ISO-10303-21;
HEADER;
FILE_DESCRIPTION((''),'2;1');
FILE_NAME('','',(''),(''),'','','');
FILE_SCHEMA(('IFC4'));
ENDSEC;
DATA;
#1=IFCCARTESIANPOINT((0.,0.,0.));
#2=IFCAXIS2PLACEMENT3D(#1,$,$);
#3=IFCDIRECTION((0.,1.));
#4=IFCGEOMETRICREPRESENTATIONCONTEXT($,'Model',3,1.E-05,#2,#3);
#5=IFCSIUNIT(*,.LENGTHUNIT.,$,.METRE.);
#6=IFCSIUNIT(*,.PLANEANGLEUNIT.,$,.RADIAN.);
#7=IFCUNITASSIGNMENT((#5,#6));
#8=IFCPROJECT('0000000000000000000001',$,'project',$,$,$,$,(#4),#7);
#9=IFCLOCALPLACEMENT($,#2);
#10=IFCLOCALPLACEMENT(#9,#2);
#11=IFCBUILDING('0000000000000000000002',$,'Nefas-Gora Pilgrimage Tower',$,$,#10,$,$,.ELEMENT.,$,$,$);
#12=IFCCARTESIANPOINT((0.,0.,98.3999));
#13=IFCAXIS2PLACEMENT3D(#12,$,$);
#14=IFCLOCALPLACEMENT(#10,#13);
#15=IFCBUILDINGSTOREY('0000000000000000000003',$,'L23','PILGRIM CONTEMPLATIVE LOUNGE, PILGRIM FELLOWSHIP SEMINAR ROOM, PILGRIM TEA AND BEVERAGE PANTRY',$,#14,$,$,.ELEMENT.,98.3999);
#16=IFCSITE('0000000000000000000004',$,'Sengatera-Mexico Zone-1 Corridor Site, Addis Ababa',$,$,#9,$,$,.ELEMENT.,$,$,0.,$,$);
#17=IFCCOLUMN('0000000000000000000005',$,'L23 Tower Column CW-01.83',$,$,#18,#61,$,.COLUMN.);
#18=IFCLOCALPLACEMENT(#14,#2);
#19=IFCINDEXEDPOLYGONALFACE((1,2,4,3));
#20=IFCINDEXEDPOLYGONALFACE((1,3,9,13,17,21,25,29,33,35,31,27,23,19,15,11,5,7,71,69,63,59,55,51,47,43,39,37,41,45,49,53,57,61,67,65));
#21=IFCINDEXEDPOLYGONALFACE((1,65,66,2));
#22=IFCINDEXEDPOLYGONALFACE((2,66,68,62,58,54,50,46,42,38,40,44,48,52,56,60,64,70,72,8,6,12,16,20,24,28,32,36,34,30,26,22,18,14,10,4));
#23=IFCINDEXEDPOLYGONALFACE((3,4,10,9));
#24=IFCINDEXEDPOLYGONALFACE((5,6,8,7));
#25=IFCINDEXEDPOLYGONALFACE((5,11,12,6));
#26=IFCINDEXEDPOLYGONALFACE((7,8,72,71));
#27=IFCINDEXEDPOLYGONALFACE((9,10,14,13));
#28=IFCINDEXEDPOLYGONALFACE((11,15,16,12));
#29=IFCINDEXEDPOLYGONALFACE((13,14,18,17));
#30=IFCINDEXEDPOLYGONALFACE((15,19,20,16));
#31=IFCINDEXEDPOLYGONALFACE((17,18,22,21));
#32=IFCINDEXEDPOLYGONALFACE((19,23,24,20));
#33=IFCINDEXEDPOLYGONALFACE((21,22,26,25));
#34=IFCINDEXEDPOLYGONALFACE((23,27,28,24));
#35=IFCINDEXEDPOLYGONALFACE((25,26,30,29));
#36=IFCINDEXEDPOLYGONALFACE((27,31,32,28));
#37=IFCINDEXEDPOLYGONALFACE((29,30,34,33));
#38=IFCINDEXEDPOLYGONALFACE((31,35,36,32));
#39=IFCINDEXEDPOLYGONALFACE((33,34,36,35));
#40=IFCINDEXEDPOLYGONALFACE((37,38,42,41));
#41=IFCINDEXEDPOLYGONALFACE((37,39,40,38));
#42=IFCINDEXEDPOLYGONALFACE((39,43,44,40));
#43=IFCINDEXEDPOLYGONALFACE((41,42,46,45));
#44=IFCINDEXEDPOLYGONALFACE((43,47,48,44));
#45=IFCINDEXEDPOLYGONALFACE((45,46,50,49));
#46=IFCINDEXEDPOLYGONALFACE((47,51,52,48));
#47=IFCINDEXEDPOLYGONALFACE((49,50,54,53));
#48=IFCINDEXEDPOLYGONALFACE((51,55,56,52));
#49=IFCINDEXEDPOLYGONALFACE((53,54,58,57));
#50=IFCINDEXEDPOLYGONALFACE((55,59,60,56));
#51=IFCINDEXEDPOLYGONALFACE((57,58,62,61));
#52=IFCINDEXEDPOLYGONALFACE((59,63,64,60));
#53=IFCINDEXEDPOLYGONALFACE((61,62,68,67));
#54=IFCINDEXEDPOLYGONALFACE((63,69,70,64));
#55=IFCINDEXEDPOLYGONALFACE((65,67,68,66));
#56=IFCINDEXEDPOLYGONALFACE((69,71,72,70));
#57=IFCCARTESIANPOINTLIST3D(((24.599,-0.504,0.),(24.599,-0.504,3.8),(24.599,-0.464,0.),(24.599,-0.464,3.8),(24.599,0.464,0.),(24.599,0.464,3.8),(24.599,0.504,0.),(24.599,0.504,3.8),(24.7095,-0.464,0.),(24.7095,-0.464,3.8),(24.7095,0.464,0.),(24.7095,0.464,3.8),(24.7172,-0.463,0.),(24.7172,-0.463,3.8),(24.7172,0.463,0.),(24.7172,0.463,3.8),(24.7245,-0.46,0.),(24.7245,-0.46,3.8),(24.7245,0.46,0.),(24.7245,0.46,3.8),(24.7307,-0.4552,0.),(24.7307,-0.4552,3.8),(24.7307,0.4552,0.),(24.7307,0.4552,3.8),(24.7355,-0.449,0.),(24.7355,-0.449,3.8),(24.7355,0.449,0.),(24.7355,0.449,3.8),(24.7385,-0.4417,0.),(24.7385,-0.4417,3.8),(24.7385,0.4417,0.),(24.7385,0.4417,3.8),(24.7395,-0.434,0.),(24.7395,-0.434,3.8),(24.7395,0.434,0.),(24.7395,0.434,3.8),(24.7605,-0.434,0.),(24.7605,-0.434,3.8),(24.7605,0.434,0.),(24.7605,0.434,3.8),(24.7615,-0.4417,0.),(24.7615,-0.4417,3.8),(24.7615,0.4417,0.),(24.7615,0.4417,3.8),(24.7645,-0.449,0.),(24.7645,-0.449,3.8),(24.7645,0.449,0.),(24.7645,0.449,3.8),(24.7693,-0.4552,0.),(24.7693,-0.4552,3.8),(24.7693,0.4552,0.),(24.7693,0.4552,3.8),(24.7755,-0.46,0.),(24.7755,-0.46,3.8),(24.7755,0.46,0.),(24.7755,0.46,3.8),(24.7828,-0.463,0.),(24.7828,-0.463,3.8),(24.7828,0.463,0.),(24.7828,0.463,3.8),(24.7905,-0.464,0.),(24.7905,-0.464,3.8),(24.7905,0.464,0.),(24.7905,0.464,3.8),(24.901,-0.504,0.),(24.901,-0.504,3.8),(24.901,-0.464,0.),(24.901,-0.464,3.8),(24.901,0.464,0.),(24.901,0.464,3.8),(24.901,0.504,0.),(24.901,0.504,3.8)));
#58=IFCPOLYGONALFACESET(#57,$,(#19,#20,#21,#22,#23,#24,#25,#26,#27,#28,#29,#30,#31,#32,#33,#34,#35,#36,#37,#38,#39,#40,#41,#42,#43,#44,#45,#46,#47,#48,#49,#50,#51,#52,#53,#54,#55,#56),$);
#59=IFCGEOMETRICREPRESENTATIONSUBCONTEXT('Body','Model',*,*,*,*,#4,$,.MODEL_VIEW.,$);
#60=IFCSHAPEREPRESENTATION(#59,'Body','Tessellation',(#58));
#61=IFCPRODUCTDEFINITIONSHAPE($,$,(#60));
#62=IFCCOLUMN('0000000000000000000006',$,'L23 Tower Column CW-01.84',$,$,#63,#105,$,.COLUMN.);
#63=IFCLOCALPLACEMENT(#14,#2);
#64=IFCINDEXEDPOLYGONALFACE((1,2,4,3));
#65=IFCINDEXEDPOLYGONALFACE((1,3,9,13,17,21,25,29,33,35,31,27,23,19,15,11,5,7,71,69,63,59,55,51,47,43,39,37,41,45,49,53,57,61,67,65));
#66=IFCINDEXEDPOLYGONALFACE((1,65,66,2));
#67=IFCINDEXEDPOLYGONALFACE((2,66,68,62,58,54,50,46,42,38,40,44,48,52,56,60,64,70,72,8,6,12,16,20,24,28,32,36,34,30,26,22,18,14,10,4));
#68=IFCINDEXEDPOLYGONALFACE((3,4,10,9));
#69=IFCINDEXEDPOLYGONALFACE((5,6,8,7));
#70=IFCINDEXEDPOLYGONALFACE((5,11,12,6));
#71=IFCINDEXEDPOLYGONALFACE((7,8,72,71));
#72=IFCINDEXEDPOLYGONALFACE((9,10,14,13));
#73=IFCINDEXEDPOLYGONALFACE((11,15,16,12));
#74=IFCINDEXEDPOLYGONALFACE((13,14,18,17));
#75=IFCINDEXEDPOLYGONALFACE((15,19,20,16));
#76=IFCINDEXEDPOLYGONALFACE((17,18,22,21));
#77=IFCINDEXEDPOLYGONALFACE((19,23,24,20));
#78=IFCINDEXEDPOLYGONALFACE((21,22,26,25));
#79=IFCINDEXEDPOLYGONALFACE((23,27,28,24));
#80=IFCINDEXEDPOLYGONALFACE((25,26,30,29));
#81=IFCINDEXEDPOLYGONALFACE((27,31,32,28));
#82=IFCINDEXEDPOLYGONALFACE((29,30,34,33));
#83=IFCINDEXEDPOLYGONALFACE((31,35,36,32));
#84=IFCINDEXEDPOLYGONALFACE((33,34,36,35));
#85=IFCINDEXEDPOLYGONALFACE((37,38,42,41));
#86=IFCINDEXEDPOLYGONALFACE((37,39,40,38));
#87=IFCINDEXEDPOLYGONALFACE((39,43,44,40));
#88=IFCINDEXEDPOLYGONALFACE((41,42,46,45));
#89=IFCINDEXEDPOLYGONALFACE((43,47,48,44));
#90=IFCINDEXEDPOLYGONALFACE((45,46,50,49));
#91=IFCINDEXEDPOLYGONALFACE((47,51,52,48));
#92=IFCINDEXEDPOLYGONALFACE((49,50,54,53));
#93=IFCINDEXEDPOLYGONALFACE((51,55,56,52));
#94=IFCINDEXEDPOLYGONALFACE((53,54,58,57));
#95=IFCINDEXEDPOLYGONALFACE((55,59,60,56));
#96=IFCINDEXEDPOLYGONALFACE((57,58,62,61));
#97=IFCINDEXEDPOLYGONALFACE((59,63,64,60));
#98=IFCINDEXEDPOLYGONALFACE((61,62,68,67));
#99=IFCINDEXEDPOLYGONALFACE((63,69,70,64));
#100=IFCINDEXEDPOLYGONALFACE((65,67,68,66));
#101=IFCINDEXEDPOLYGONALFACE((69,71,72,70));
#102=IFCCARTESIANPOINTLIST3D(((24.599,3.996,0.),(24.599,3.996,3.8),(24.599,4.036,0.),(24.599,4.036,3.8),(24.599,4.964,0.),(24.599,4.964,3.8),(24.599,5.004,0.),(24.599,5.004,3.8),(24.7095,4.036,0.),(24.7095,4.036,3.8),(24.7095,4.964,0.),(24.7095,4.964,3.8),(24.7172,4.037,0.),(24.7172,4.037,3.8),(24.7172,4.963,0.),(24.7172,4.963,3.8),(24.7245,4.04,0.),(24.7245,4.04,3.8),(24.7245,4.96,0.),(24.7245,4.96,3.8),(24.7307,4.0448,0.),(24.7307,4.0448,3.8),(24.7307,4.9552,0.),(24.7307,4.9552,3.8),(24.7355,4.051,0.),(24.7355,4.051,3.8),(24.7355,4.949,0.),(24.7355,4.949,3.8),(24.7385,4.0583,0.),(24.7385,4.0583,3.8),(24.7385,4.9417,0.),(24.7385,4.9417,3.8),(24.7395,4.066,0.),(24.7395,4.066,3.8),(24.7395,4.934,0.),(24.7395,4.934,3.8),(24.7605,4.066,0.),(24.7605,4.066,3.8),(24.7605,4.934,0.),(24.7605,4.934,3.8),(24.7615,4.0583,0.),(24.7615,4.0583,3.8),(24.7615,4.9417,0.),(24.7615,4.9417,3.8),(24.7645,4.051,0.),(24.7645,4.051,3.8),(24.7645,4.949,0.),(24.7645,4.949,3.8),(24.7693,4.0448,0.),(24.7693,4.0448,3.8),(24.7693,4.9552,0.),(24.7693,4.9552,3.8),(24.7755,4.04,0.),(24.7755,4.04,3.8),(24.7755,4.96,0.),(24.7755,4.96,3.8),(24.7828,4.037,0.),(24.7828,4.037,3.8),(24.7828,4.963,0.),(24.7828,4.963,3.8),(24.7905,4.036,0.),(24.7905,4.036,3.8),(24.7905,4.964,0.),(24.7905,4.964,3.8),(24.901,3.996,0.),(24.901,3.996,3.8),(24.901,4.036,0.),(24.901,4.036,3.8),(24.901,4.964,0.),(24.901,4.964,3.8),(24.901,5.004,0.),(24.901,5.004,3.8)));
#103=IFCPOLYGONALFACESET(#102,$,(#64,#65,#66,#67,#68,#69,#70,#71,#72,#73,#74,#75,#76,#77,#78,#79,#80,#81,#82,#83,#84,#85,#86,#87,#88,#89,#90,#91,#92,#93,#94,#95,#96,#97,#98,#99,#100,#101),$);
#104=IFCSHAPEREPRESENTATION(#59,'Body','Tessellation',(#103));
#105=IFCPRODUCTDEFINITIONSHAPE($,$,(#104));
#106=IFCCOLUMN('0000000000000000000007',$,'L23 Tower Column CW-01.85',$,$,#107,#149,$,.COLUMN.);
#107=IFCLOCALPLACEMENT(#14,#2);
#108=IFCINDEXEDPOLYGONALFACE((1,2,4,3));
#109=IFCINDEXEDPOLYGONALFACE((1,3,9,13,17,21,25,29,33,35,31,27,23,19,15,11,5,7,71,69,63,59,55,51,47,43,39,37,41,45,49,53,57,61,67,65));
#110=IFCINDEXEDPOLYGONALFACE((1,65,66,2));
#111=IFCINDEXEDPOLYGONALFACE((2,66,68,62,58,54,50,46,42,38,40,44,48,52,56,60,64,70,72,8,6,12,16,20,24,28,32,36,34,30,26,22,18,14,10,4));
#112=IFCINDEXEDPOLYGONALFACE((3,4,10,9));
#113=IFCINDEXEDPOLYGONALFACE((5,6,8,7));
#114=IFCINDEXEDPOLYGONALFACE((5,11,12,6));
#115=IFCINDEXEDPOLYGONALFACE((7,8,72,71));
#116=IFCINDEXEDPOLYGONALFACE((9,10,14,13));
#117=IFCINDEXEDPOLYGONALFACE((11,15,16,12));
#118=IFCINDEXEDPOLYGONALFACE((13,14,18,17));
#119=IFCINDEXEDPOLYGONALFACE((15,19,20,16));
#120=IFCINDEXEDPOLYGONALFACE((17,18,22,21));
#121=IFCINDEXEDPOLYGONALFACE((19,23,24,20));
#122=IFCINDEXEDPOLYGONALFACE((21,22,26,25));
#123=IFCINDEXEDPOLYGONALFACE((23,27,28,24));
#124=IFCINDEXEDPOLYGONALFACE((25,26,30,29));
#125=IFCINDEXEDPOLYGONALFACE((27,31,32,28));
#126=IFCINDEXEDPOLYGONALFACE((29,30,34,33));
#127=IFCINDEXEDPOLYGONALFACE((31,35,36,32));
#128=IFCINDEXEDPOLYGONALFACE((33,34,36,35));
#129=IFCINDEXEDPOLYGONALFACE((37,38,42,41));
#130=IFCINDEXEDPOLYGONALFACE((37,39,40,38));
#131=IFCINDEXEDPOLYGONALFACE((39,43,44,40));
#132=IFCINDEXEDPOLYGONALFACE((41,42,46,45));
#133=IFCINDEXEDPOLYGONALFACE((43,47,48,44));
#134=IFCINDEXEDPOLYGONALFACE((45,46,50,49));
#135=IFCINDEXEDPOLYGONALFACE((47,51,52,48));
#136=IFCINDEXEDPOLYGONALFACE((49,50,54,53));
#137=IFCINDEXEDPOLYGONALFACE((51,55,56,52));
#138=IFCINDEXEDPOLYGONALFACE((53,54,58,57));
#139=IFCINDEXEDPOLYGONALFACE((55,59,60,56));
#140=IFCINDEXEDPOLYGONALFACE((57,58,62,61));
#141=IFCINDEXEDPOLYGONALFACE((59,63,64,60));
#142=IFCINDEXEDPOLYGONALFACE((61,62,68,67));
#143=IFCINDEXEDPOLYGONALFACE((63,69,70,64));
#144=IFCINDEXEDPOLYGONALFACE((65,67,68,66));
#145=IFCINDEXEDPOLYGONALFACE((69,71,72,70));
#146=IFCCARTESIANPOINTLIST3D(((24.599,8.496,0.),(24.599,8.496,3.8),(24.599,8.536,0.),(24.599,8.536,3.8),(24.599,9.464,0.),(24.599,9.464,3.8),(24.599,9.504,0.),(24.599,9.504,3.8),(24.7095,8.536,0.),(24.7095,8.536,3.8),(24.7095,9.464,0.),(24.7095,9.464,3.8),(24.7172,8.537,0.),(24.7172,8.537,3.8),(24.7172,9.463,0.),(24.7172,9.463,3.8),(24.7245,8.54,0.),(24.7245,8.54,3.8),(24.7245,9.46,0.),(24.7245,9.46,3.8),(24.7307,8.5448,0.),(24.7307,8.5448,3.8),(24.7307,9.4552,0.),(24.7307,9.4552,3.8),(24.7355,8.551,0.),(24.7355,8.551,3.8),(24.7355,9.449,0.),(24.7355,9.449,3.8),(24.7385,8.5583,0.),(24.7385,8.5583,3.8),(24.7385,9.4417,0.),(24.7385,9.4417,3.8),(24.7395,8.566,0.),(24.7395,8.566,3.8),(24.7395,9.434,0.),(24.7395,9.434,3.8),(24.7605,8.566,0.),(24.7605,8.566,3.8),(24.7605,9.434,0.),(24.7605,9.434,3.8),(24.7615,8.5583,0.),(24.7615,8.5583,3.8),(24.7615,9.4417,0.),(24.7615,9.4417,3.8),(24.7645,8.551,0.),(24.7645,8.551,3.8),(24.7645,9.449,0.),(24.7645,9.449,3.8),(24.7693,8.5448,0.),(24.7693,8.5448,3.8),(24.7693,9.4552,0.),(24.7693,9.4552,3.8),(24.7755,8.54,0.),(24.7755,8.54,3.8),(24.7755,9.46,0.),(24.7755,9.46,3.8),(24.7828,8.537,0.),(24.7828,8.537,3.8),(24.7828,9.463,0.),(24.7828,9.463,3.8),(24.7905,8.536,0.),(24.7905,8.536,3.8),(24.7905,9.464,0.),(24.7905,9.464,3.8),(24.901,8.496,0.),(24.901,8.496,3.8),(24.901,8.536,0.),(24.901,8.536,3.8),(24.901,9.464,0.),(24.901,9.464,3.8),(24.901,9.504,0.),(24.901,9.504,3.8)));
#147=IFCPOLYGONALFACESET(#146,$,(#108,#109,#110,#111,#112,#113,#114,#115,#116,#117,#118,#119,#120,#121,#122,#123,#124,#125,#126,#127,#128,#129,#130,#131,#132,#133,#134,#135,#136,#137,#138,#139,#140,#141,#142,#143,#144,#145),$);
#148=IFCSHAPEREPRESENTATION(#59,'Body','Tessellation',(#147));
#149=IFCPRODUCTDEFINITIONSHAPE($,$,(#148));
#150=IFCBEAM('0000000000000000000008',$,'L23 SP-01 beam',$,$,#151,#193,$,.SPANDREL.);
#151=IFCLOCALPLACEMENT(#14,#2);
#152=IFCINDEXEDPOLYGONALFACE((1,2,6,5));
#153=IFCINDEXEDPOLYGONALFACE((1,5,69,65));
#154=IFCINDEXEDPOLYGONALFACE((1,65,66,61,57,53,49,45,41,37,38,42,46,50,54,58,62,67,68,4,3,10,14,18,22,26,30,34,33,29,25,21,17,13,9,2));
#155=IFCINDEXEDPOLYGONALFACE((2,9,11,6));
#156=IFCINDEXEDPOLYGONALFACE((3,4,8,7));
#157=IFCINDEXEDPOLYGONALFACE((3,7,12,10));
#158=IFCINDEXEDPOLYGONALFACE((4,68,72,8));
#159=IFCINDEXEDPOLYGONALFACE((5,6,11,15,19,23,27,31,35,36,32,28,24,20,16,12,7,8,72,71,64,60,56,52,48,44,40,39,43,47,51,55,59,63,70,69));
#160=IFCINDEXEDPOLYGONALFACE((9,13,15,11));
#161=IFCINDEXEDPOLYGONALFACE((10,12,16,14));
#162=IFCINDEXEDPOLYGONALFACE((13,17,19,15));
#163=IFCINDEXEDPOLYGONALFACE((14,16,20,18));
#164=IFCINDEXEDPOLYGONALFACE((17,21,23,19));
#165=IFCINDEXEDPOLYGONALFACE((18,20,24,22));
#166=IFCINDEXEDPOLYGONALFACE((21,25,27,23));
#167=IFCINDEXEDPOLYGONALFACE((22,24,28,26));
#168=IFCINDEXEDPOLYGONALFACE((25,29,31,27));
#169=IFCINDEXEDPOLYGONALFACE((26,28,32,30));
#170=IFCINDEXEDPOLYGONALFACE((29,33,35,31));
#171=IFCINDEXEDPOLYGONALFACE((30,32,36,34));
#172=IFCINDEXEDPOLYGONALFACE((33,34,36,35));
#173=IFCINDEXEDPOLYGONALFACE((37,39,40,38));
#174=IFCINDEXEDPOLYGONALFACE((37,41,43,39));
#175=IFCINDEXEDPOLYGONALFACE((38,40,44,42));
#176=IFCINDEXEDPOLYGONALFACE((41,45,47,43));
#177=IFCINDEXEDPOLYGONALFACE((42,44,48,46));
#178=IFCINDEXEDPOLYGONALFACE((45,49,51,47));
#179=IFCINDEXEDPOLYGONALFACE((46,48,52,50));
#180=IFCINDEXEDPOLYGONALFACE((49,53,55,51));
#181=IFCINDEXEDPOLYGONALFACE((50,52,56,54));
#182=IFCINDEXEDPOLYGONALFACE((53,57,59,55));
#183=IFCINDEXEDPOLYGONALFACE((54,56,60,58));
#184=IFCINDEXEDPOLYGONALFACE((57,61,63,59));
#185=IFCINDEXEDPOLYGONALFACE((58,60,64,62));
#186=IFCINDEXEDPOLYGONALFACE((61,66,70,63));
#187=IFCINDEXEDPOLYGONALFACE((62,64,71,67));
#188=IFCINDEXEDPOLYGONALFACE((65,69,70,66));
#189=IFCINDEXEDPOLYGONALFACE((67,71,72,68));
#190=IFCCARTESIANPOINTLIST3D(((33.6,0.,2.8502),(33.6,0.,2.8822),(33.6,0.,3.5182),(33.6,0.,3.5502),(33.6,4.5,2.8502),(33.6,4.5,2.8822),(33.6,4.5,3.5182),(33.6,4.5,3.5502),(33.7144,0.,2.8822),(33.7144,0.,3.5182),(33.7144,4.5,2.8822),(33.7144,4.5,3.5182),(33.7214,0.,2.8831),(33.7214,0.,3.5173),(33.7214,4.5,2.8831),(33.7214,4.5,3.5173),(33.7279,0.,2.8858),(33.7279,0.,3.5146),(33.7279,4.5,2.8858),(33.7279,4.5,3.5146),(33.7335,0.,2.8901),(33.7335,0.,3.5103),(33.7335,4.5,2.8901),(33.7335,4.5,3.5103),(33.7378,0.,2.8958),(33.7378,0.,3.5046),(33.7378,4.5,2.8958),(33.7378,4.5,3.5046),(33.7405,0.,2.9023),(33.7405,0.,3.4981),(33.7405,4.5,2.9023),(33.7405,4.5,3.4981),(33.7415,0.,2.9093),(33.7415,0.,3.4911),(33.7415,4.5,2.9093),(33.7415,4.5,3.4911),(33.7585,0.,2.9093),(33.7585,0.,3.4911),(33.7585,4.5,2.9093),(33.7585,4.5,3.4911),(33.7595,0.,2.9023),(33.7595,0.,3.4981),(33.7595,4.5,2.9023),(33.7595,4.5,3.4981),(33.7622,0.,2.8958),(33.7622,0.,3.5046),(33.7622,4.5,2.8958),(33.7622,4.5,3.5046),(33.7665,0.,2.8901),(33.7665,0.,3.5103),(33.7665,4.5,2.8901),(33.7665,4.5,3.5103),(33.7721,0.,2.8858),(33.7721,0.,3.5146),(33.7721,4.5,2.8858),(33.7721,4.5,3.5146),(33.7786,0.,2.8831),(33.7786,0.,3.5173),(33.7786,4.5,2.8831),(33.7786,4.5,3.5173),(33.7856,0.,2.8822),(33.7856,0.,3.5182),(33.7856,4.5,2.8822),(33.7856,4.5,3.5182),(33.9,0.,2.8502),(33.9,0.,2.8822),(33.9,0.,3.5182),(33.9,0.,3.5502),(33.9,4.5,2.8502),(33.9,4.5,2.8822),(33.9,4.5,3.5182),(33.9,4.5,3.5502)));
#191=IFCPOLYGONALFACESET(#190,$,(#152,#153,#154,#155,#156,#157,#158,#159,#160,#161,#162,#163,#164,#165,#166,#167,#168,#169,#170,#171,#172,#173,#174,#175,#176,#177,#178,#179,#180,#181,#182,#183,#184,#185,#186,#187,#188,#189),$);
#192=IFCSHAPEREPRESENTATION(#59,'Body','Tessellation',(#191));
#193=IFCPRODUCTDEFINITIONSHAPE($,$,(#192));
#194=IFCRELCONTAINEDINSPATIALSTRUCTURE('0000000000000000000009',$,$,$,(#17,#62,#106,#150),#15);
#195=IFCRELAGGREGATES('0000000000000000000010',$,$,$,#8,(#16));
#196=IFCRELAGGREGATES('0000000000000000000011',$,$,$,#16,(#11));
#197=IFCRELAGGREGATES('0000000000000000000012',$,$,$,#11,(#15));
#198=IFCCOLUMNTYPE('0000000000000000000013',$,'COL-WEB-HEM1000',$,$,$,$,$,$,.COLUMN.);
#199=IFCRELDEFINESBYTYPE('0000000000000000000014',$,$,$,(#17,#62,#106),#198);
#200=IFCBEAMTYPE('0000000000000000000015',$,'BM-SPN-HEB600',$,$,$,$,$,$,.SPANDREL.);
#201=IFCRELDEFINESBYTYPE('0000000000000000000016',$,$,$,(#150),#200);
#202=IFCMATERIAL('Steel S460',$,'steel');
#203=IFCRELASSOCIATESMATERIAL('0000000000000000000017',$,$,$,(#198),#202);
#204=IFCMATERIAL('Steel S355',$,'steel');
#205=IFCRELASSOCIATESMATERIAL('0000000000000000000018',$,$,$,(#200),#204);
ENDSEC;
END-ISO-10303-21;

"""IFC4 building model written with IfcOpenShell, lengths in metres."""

from ifc_helpers import new_model, si_unit, direction, frame, origin, origin_2d, place, context, subcontext, project, spatial, i_section, extrude, source, transform, mapped, material, material_profile, profile_set, type_object, element, save


model = new_model("IFC4")

# Units and contexts
model_context = context("Model", 3, precision=1e-05, world=origin(), true_north=direction((0.0, 1.0)))
body_context = subcontext(model_context, "Body", "Model", "MODEL_VIEW")
ifc_project = project(units=[si_unit("LENGTHUNIT", "METRE"), si_unit("PLANEANGLEUNIT", "RADIAN")], contexts=[model_context])

# Site, building, storey
site_placement = place(None, origin())
site = spatial("IfcSite", under=ifc_project, at=site_placement, Name="Sengatera-Mexico Zone-1 Corridor Site, Addis Ababa", CompositionType="ELEMENT", RefElevation=0.0)
building_placement = place(site_placement, origin())
building = spatial("IfcBuilding", under=site, at=building_placement, Name="Nefas-Gora Pilgrimage Tower", CompositionType="ELEMENT")
storey_placement = place(building_placement, frame((0.0, 0.0, 98.3999)))
storey = spatial("IfcBuildingStorey", under=building, at=storey_placement, Name="L23", Description="PILGRIM CONTEMPLATIVE LOUNGE, PILGRIM FELLOWSHIP SEMINAR ROOM, PILGRIM TEA AND BEVERAGE PANTRY", CompositionType="ELEMENT", Elevation=98.3999)

# Columns
ifc_material_1 = material(Name="Steel S460", Category="steel")
ifc_material_profile_1 = material_profile(ifc_material_1, i_section(OverallWidth=0.302, OverallDepth=1.0081, WebThickness=0.021, FlangeThickness=0.04, FilletRadius=0.03, at=origin_2d()), Name="HEM 1000")
ifc_profile_set_1 = profile_set([ifc_material_profile_1], Name="Steel S460")
column_type_1 = type_object("IfcColumnType", Name="COL-WEB-HEM1000", PredefinedType="COLUMN", material=ifc_profile_set_1)
shared_shape_1 = source(origin(), body_context, "Body", "SweptSolid", [
    extrude(i_section(OverallWidth=0.302, OverallDepth=1.0081, WebThickness=0.021, FlangeThickness=0.04, FilletRadius=0.03, at=origin_2d()), origin(), (0.0, 0.0, 1.0), 3.8),
])
for number, where, z_axis, x_axis, name in (
    (1, (24.75, 0.0, 0.0), (0.0, 0.0, 1.0), (1.0, 0.0, 0.0), "L23 Tower Column CW-01.83"),
    (2, (24.75, 4.5, 0.0), (0.0, 0.0, 1.0), (1.0, 0.0, 0.0), "L23 Tower Column CW-01.84"),
    (3, (24.75, 9.0, 0.0), (0.0, 0.0, 1.0), (1.0, 0.0, 0.0), "L23 Tower Column CW-01.85"),
):
    element("IfcColumn", number, at=place(storey_placement, frame(where, z_axis=z_axis, x_axis=x_axis)), inside=storey, type_object=column_type_1, Name=name, PredefinedType="COLUMN", context=body_context, shape_type="MappedRepresentation", body=[
        mapped(shared_shape_1, transform((0.0, 0.0, 0.0), x_axis=(1.0, 0.0, 0.0), y_axis=(0.0, 1.0, 0.0), z_axis=(0.0, 0.0, 1.0), scale=1.0)),
    ])

# Beam
ifc_material_2 = material(Name="Steel S355", Category="steel")
ifc_material_profile_2 = material_profile(ifc_material_2, i_section(OverallWidth=0.3, OverallDepth=0.7, WebThickness=0.0171, FlangeThickness=0.032, FilletRadius=0.0271, at=origin_2d()), Name="HEB 700")
ifc_profile_set_2 = profile_set([ifc_material_profile_2], Name="Steel S355")
beam_type_1 = type_object("IfcBeamType", Name="BM-SPN-HEB600", PredefinedType="SPANDREL", material=ifc_profile_set_2)
shared_shape_2 = source(origin(), body_context, "Body", "SweptSolid", [
    extrude(i_section(OverallWidth=0.3, OverallDepth=0.7, WebThickness=0.0171, FlangeThickness=0.032, FilletRadius=0.0271, at=origin_2d()), origin(), (0.0, 0.0, 1.0), 4.5),
])
for number, where, z_axis, x_axis, name in (
    (4, (33.75, 0.0, 3.2002), (0.0, 1.0, 0.0), (-1.0, 0.0, 0.0), "L23 SP-01 beam"),
):
    element("IfcBeam", number, at=place(storey_placement, frame(where, z_axis=z_axis, x_axis=x_axis)), inside=storey, type_object=beam_type_1, Name=name, PredefinedType="SPANDREL", context=body_context, shape_type="MappedRepresentation", body=[
        mapped(shared_shape_2, transform((0.0, 0.0, 0.0), x_axis=(1.0, 0.0, 0.0), y_axis=(0.0, 1.0, 0.0), z_axis=(0.0, 0.0, 1.0), scale=1.0)),
    ])

save(model, "model.ifc")
